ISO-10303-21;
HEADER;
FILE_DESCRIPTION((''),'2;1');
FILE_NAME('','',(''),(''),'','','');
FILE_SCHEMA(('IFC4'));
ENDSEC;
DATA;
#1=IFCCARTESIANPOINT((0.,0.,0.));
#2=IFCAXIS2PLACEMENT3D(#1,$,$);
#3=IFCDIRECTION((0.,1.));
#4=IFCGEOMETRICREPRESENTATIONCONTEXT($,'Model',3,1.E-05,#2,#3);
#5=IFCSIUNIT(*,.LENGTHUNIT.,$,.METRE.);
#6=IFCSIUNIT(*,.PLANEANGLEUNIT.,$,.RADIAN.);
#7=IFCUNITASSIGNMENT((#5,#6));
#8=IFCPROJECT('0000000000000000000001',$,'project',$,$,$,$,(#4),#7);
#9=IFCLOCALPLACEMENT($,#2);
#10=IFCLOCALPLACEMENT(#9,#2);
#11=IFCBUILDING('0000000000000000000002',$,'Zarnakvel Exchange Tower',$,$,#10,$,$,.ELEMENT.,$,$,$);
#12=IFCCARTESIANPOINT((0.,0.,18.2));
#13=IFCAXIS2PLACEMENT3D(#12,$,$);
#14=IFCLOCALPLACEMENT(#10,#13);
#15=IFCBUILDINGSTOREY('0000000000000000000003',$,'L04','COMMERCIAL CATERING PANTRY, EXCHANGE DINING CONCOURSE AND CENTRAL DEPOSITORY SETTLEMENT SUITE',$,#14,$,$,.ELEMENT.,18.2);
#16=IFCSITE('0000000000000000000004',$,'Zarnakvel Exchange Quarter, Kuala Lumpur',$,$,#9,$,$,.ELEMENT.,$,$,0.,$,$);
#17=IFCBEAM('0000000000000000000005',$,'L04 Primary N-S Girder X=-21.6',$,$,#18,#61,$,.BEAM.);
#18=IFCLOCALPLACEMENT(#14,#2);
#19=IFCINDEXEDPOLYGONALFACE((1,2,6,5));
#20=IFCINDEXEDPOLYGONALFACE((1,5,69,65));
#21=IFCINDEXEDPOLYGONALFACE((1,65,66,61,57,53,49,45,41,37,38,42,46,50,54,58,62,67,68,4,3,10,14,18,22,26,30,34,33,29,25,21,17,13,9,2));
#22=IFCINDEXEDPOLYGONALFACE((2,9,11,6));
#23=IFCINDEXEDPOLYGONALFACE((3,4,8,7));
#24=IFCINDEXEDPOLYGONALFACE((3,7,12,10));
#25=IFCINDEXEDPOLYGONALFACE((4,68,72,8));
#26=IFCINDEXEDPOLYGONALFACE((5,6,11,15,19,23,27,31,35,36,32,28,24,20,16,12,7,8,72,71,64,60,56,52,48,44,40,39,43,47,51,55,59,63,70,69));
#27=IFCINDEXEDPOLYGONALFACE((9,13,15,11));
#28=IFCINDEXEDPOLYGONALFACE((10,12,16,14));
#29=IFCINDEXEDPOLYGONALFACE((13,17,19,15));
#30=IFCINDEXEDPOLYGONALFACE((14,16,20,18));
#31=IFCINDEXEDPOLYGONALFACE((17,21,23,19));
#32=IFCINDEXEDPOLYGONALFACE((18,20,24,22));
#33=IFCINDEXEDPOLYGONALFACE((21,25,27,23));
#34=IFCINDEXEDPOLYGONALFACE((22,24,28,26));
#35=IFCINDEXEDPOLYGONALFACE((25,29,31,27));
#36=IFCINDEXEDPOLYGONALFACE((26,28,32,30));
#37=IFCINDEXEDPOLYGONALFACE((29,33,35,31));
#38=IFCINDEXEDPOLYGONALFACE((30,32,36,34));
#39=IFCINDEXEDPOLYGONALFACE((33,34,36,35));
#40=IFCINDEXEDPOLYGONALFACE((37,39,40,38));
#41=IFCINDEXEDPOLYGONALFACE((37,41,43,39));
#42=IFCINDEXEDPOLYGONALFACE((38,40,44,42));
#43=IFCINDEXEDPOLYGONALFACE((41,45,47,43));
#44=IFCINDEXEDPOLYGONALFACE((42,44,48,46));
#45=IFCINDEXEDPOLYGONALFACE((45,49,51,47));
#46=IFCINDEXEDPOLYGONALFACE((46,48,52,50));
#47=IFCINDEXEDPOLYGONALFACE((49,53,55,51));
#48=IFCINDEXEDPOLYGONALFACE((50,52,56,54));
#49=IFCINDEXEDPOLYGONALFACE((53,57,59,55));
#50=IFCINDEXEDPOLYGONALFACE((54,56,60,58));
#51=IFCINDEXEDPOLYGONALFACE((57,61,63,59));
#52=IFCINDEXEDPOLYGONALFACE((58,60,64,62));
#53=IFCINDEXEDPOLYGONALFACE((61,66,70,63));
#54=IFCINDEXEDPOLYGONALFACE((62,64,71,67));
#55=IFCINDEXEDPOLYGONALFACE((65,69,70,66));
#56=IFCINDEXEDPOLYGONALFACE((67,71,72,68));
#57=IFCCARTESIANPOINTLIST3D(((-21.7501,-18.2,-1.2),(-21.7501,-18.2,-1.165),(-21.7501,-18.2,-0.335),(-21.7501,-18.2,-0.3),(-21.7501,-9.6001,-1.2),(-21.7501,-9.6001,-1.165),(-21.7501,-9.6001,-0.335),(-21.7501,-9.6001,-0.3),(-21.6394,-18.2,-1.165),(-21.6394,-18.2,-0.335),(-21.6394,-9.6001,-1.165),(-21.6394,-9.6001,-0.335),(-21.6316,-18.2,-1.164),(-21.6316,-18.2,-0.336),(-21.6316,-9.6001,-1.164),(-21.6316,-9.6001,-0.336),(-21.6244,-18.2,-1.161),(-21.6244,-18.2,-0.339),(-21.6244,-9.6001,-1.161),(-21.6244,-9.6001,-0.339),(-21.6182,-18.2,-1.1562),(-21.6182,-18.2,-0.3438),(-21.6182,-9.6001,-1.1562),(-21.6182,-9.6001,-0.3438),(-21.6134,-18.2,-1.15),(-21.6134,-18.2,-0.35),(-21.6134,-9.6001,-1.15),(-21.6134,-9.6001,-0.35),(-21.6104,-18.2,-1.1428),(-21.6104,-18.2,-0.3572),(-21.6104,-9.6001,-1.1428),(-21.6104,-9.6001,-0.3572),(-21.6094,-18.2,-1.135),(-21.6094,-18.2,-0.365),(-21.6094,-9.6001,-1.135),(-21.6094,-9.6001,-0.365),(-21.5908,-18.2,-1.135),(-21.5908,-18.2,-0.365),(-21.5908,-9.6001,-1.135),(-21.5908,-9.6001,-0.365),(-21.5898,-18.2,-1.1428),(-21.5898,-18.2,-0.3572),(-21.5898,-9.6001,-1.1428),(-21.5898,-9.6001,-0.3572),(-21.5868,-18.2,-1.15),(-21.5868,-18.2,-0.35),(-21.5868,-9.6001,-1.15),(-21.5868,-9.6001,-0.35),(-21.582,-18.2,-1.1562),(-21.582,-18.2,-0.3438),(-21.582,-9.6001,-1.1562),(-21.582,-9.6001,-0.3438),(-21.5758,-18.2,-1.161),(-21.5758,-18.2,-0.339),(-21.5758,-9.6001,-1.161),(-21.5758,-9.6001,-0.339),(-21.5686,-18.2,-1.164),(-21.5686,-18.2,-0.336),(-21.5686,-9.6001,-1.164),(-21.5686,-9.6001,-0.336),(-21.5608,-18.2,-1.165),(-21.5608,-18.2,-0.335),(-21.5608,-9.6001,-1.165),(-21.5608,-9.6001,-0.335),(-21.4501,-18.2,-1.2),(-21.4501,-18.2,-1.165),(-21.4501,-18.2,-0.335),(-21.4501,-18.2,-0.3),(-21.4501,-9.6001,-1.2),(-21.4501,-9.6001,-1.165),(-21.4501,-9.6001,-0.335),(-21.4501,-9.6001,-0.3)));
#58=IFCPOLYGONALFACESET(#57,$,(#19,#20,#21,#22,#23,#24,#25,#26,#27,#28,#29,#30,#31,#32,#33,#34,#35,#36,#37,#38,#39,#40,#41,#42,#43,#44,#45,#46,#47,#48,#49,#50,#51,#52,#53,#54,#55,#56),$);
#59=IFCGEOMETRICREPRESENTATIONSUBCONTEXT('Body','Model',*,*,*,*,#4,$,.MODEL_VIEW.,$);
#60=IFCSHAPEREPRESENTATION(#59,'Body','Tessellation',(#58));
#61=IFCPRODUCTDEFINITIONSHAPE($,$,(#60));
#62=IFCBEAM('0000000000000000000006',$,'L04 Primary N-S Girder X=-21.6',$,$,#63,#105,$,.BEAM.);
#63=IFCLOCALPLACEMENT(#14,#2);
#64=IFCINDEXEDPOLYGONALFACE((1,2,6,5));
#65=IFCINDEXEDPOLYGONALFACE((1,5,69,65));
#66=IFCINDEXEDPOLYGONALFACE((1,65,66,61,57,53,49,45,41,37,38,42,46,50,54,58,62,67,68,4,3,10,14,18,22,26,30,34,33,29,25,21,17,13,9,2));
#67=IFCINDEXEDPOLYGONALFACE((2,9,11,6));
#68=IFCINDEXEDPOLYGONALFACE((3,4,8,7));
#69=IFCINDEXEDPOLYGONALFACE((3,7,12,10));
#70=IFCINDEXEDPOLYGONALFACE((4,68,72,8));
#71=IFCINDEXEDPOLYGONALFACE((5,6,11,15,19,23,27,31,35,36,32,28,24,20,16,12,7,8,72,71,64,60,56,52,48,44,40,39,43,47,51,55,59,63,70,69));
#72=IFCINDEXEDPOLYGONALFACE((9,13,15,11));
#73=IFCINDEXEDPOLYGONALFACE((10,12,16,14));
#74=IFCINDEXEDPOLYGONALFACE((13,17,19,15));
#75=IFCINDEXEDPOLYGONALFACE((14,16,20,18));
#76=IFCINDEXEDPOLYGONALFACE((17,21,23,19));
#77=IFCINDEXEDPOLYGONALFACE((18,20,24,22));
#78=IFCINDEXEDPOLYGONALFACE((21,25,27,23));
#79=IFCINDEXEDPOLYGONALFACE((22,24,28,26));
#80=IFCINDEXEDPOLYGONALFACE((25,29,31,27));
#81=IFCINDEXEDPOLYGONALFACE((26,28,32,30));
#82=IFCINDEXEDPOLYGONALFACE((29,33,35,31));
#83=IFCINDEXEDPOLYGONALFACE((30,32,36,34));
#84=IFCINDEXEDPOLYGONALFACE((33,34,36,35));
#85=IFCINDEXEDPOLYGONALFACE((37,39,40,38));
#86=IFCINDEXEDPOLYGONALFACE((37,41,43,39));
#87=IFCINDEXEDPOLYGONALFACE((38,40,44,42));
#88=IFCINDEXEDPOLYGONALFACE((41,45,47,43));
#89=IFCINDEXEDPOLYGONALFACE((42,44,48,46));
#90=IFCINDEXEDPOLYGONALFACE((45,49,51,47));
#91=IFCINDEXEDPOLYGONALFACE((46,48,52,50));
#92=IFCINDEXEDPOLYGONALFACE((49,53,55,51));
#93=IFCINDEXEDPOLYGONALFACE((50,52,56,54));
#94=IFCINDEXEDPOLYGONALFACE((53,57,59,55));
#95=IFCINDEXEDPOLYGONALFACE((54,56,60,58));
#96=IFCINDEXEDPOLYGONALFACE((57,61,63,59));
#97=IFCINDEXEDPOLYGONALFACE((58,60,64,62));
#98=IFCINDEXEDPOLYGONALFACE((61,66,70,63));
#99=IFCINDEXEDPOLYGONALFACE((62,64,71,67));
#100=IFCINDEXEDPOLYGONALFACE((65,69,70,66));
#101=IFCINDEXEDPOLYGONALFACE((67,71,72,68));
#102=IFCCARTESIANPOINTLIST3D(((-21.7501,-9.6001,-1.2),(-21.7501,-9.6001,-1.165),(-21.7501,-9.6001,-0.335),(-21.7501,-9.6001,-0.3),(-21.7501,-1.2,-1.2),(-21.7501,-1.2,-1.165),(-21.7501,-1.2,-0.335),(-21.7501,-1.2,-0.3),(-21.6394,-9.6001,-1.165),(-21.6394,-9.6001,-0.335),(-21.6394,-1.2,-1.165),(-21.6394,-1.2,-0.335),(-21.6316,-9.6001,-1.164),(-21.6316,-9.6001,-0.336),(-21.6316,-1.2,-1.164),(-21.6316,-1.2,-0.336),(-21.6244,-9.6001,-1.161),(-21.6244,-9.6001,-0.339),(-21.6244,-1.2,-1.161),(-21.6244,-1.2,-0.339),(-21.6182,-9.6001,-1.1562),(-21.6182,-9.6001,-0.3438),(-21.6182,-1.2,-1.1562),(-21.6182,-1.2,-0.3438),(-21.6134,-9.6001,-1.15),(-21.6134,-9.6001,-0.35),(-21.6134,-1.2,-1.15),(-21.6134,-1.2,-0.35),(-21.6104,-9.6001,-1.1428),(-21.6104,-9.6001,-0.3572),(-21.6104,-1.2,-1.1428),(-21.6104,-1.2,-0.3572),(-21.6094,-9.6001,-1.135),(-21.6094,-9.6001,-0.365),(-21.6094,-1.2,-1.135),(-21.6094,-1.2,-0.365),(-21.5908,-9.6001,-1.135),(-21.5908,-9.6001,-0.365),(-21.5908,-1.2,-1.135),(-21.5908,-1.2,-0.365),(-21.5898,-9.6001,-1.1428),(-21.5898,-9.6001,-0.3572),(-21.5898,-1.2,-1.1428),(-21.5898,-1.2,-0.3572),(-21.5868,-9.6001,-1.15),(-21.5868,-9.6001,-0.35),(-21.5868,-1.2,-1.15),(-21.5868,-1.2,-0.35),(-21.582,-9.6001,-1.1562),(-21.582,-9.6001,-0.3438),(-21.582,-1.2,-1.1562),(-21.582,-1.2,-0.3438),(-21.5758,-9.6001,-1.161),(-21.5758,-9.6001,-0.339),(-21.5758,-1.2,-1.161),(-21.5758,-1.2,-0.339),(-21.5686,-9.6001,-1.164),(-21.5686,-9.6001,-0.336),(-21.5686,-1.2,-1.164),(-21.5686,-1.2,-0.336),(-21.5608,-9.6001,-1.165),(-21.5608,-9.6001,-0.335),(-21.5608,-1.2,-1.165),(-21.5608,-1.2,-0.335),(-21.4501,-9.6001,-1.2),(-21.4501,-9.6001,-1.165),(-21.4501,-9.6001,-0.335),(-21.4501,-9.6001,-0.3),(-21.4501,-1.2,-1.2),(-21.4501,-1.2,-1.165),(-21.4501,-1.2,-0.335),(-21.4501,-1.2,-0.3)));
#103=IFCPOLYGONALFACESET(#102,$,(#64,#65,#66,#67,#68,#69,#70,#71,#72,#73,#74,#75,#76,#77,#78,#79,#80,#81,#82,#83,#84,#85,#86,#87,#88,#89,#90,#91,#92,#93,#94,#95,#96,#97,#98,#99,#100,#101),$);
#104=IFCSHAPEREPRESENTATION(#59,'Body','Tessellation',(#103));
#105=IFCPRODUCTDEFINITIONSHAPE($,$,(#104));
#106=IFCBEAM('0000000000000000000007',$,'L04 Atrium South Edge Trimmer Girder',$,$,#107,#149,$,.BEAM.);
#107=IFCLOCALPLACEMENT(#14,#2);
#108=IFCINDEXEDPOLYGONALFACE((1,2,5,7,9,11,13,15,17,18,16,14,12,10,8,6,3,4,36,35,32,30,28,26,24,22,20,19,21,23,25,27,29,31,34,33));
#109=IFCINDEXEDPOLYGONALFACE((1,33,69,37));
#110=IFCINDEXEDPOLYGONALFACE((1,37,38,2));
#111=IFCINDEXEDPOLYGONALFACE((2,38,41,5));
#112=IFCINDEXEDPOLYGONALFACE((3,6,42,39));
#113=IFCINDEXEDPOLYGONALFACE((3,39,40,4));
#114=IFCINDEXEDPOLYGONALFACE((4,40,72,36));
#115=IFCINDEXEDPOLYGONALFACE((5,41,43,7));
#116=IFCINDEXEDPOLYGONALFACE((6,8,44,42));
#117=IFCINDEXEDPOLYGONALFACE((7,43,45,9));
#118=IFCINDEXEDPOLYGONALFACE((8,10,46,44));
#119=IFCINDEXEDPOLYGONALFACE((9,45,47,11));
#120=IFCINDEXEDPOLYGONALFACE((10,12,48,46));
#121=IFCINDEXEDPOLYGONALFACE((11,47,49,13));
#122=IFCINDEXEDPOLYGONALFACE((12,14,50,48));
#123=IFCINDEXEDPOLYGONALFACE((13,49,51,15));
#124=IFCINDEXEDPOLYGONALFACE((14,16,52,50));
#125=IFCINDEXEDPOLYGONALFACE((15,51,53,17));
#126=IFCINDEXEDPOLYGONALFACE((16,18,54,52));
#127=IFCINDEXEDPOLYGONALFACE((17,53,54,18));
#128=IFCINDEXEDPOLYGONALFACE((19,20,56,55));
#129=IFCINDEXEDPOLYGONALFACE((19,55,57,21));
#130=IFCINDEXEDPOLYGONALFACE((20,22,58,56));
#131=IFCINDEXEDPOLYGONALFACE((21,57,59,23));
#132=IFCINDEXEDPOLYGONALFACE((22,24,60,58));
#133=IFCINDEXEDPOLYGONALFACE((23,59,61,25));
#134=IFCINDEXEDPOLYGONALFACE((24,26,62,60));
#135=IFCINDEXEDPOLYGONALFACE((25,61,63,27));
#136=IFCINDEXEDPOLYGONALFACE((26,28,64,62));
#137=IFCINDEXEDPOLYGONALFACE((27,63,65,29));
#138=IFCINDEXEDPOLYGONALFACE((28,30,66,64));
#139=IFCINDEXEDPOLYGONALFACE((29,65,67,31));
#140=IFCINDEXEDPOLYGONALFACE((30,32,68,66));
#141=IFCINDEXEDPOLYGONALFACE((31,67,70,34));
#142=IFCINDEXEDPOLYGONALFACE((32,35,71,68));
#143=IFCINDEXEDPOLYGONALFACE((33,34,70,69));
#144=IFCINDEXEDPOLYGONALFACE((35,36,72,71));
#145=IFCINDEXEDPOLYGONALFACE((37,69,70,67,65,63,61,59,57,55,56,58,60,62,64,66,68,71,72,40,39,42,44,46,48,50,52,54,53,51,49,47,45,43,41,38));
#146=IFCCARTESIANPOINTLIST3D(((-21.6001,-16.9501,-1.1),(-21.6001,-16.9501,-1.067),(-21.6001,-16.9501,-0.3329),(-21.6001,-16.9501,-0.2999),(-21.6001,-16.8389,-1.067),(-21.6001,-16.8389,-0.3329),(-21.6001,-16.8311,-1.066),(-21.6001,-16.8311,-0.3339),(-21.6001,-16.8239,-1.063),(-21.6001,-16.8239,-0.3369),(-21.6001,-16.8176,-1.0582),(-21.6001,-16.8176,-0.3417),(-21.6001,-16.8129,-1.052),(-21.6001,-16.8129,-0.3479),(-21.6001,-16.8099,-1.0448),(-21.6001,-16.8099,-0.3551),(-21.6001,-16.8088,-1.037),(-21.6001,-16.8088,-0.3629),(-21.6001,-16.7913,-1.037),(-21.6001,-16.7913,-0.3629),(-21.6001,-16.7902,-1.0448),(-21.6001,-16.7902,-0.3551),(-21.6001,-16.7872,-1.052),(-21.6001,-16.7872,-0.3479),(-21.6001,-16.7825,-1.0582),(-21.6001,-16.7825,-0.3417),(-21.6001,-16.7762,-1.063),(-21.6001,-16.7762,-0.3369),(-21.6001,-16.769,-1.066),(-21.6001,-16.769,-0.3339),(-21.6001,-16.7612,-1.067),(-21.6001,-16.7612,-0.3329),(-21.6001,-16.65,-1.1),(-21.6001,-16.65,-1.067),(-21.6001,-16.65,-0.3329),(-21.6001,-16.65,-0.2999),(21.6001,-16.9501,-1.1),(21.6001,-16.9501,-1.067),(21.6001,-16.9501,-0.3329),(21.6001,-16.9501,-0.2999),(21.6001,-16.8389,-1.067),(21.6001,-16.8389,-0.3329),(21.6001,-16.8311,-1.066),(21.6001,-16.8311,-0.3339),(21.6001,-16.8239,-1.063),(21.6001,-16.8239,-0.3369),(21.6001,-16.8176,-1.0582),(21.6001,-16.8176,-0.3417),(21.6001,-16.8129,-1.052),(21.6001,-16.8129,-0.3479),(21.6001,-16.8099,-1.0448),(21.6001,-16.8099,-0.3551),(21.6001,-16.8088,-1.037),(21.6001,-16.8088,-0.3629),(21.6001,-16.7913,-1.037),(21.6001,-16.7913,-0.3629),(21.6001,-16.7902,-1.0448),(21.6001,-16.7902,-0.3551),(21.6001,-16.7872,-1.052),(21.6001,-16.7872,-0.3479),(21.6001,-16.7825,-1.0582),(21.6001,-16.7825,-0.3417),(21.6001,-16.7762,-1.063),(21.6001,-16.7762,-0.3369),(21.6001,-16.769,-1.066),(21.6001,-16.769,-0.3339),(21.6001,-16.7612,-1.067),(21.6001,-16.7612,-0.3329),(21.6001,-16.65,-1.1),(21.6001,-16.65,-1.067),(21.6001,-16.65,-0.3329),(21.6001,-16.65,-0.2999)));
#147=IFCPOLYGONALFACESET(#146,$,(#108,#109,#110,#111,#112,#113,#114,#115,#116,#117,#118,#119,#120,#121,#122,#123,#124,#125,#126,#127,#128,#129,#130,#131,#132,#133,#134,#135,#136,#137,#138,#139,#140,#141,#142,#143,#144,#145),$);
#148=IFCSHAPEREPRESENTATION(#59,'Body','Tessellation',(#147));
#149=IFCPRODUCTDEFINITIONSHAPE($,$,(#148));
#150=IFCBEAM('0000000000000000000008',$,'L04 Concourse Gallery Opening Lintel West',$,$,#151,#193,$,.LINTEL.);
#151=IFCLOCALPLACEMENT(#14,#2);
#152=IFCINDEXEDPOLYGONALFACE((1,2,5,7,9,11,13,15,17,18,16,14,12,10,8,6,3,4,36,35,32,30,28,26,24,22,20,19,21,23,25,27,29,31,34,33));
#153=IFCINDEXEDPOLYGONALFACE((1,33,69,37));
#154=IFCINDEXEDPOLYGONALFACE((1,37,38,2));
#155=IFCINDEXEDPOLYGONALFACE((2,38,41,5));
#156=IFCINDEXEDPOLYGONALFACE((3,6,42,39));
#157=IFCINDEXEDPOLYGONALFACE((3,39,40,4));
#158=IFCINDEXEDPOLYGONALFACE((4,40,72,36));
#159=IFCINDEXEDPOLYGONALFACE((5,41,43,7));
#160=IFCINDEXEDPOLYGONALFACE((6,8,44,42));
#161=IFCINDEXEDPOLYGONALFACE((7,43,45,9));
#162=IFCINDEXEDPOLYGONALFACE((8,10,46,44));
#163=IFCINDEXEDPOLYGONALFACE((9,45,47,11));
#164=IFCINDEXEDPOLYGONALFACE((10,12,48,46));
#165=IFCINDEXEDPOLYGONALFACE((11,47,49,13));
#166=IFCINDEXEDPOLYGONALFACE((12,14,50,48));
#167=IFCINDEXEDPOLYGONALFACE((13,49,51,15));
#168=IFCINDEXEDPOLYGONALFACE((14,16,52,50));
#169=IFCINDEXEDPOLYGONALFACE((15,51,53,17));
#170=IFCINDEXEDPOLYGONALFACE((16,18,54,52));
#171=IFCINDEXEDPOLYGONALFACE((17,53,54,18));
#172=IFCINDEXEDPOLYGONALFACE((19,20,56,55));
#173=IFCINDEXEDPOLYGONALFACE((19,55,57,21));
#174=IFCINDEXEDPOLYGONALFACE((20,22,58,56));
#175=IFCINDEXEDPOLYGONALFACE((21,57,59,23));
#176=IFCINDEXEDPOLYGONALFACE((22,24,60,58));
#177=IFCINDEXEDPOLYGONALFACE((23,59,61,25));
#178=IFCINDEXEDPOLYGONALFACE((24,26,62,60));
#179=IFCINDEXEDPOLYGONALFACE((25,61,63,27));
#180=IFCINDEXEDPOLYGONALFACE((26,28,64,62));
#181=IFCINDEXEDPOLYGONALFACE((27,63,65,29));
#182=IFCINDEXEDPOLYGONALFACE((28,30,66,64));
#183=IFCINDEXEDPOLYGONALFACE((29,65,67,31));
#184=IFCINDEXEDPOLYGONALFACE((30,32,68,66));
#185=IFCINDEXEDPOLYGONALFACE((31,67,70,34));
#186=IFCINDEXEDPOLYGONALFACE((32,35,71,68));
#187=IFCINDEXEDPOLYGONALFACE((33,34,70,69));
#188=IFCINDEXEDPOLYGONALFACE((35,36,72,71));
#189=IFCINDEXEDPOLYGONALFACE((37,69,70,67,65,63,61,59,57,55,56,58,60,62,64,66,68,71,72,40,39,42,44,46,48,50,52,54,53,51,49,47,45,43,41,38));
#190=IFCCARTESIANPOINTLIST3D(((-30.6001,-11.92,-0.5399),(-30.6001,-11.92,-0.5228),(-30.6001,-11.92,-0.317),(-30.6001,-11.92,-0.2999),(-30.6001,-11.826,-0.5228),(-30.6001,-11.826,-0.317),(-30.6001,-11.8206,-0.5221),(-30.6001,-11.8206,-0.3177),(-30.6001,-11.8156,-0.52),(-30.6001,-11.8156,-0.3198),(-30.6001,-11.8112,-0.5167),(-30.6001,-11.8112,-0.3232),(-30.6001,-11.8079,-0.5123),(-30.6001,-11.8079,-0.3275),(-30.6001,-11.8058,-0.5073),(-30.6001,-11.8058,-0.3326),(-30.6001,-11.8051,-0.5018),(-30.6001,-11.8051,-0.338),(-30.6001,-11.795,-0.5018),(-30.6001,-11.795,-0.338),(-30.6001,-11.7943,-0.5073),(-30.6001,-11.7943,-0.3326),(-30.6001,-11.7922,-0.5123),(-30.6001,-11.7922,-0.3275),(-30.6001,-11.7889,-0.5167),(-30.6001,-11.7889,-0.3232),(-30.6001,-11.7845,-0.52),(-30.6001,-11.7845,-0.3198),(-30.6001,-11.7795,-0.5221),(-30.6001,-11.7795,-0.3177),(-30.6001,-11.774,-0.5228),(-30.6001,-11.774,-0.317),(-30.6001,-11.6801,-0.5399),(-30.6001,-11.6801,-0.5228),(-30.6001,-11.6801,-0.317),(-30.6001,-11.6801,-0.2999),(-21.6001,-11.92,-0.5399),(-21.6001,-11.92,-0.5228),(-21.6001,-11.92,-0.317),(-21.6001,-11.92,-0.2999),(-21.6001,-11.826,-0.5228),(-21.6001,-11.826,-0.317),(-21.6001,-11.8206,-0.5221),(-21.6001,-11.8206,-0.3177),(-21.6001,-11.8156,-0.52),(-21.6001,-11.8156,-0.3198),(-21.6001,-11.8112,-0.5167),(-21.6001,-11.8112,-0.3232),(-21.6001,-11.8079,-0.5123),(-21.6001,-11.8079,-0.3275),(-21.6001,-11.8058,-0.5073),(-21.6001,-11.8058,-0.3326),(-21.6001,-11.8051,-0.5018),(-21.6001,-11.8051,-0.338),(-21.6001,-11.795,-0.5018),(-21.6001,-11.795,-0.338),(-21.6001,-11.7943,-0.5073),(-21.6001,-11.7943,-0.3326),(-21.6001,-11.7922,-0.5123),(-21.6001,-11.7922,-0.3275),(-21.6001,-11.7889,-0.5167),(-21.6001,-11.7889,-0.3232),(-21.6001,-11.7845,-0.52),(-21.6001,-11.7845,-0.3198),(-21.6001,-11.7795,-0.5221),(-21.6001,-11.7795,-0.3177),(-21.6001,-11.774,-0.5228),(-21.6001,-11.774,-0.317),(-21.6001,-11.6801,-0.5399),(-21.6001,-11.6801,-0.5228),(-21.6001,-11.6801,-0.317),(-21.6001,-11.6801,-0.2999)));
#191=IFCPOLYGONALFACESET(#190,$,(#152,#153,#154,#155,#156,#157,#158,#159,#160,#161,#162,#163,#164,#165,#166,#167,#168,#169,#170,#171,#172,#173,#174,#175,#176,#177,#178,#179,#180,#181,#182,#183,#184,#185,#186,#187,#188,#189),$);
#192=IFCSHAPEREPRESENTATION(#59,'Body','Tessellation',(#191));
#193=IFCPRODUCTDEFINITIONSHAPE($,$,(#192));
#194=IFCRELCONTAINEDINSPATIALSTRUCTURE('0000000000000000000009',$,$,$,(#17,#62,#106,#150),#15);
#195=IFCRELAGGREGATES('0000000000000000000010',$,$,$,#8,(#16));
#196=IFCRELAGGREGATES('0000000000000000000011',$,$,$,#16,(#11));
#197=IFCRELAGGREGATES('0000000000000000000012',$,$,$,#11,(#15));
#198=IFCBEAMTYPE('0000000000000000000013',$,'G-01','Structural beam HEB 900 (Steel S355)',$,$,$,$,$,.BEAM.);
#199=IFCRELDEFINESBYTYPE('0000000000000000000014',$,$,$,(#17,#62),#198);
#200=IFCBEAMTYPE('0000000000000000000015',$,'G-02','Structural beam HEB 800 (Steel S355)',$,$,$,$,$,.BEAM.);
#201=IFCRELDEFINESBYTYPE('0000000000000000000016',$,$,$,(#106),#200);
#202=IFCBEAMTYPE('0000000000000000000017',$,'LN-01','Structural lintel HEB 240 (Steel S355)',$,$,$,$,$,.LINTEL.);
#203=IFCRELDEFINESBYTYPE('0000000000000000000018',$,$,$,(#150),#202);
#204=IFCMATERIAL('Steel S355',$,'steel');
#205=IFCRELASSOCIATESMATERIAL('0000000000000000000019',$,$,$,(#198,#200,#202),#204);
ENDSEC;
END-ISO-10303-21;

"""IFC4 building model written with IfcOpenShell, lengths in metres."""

from ifc_helpers import new_model, si_unit, direction, frame, origin, origin_2d, place, context, subcontext, project, spatial, i_section, extrude, material, material_profile, profile_set, type_object, element, save


model = new_model("IFC4")

# Units and contexts
model_context = context("Model", 3, precision=1e-05, world=origin(), true_north=direction((0.0, 1.0)))
body_context = subcontext(model_context, "Body", "Model", "MODEL_VIEW")
ifc_project = project(units=[si_unit("LENGTHUNIT", "METRE"), si_unit("PLANEANGLEUNIT", "RADIAN")], contexts=[model_context])

# Site, building, storey
site_placement = place(None, origin())
site = spatial("IfcSite", under=ifc_project, at=site_placement, Name="Zarnakvel Exchange Quarter, Kuala Lumpur", CompositionType="ELEMENT", RefElevation=0.0)
building_placement = place(site_placement, origin())
building = spatial("IfcBuilding", under=site, at=building_placement, Name="Zarnakvel Exchange Tower", CompositionType="ELEMENT")
storey_placement = place(building_placement, frame((0.0, 0.0, 18.2)))
storey = spatial("IfcBuildingStorey", under=building, at=storey_placement, Name="L04", Description="COMMERCIAL CATERING PANTRY, EXCHANGE DINING CONCOURSE AND CENTRAL DEPOSITORY SETTLEMENT SUITE", CompositionType="ELEMENT", Elevation=18.2)

# Beams
ifc_material_1 = material(Name="Steel S355", Category="steel")
ifc_material_profile_1 = material_profile(ifc_material_1, i_section(OverallWidth=0.3, OverallDepth=0.8999, WebThickness=0.0186, FlangeThickness=0.0349, FilletRadius=0.03, at=origin_2d()))
ifc_profile_set_1 = profile_set([ifc_material_profile_1], Name="Steel S355")
beam_type_1 = type_object("IfcBeamType", Name="G-01", Description="Structural beam HEB 900 (Steel S355)", PredefinedType="BEAM", material=ifc_profile_set_1)
beam_1_placement = place(storey_placement, frame((-21.6001, -18.2, -0.75), z_axis=(0.0, 1.0, 0.0), x_axis=(-1.0, 0.0, 0.0)))
element("IfcBeam", 1, at=beam_1_placement, inside=storey, type_object=beam_type_1, Name="L04 Primary N-S Girder X=-21.6", PredefinedType="BEAM", context=body_context, shape_type="SweptSolid", body=[
    extrude(i_section(OverallWidth=0.3, OverallDepth=0.8999, WebThickness=0.0186, FlangeThickness=0.0349, FilletRadius=0.03, at=origin_2d()), origin(), (0.0, 0.0, 1.0), 8.5999),
])
beam_2_placement = place(storey_placement, frame((-21.6001, -9.6001, -0.75), z_axis=(0.0, 1.0, 0.0), x_axis=(-1.0, 0.0, 0.0)))
element("IfcBeam", 2, at=beam_2_placement, inside=storey, type_object=beam_type_1, Name="L04 Primary N-S Girder X=-21.6", PredefinedType="BEAM", context=body_context, shape_type="SweptSolid", body=[
    extrude(i_section(OverallWidth=0.3, OverallDepth=0.8999, WebThickness=0.0186, FlangeThickness=0.0349, FilletRadius=0.03, at=origin_2d()), origin(), (0.0, 0.0, 1.0), 8.4001),
])
ifc_material_profile_2 = material_profile(ifc_material_1, i_section(OverallWidth=0.3, OverallDepth=0.8, WebThickness=0.0176, FlangeThickness=0.033, FilletRadius=0.03, at=origin_2d()))
ifc_profile_set_2 = profile_set([ifc_material_profile_2], Name="Steel S355")
beam_type_2 = type_object("IfcBeamType", Name="G-02", Description="Structural beam HEB 800 (Steel S355)", PredefinedType="BEAM", material=ifc_profile_set_2)
beam_3_placement = place(storey_placement, frame((-21.6001, -16.8, -0.7), z_axis=(1.0, 0.0, 0.0), x_axis=(0.0, 1.0, 0.0)))
element("IfcBeam", 3, at=beam_3_placement, inside=storey, type_object=beam_type_2, Name="L04 Atrium South Edge Trimmer Girder", PredefinedType="BEAM", context=body_context, shape_type="SweptSolid", body=[
    extrude(i_section(OverallWidth=0.3, OverallDepth=0.8, WebThickness=0.0176, FlangeThickness=0.033, FilletRadius=0.03, at=origin_2d()), origin(), (0.0, 0.0, 1.0), 43.2002),
])
ifc_material_profile_3 = material_profile(ifc_material_1, i_section(OverallWidth=0.24, OverallDepth=0.24, WebThickness=0.01, FlangeThickness=0.0171, FilletRadius=0.021, at=origin_2d()))
ifc_profile_set_3 = profile_set([ifc_material_profile_3], Name="Steel S355")
beam_type_3 = type_object("IfcBeamType", Name="LN-01", Description="Structural lintel HEB 240 (Steel S355)", PredefinedType="LINTEL", material=ifc_profile_set_3)
beam_4_placement = place(storey_placement, frame((-30.6001, -11.8, -0.4199), z_axis=(1.0, 0.0, 0.0), x_axis=(0.0, 1.0, 0.0)))
element("IfcBeam", 4, at=beam_4_placement, inside=storey, type_object=beam_type_3, Name="L04 Concourse Gallery Opening Lintel West", PredefinedType="LINTEL", context=body_context, shape_type="SweptSolid", body=[
    extrude(i_section(OverallWidth=0.24, OverallDepth=0.24, WebThickness=0.01, FlangeThickness=0.0171, FilletRadius=0.021, at=origin_2d()), origin(), (0.0, 0.0, 1.0), 9.0),
])

save(model, "model.ifc")
